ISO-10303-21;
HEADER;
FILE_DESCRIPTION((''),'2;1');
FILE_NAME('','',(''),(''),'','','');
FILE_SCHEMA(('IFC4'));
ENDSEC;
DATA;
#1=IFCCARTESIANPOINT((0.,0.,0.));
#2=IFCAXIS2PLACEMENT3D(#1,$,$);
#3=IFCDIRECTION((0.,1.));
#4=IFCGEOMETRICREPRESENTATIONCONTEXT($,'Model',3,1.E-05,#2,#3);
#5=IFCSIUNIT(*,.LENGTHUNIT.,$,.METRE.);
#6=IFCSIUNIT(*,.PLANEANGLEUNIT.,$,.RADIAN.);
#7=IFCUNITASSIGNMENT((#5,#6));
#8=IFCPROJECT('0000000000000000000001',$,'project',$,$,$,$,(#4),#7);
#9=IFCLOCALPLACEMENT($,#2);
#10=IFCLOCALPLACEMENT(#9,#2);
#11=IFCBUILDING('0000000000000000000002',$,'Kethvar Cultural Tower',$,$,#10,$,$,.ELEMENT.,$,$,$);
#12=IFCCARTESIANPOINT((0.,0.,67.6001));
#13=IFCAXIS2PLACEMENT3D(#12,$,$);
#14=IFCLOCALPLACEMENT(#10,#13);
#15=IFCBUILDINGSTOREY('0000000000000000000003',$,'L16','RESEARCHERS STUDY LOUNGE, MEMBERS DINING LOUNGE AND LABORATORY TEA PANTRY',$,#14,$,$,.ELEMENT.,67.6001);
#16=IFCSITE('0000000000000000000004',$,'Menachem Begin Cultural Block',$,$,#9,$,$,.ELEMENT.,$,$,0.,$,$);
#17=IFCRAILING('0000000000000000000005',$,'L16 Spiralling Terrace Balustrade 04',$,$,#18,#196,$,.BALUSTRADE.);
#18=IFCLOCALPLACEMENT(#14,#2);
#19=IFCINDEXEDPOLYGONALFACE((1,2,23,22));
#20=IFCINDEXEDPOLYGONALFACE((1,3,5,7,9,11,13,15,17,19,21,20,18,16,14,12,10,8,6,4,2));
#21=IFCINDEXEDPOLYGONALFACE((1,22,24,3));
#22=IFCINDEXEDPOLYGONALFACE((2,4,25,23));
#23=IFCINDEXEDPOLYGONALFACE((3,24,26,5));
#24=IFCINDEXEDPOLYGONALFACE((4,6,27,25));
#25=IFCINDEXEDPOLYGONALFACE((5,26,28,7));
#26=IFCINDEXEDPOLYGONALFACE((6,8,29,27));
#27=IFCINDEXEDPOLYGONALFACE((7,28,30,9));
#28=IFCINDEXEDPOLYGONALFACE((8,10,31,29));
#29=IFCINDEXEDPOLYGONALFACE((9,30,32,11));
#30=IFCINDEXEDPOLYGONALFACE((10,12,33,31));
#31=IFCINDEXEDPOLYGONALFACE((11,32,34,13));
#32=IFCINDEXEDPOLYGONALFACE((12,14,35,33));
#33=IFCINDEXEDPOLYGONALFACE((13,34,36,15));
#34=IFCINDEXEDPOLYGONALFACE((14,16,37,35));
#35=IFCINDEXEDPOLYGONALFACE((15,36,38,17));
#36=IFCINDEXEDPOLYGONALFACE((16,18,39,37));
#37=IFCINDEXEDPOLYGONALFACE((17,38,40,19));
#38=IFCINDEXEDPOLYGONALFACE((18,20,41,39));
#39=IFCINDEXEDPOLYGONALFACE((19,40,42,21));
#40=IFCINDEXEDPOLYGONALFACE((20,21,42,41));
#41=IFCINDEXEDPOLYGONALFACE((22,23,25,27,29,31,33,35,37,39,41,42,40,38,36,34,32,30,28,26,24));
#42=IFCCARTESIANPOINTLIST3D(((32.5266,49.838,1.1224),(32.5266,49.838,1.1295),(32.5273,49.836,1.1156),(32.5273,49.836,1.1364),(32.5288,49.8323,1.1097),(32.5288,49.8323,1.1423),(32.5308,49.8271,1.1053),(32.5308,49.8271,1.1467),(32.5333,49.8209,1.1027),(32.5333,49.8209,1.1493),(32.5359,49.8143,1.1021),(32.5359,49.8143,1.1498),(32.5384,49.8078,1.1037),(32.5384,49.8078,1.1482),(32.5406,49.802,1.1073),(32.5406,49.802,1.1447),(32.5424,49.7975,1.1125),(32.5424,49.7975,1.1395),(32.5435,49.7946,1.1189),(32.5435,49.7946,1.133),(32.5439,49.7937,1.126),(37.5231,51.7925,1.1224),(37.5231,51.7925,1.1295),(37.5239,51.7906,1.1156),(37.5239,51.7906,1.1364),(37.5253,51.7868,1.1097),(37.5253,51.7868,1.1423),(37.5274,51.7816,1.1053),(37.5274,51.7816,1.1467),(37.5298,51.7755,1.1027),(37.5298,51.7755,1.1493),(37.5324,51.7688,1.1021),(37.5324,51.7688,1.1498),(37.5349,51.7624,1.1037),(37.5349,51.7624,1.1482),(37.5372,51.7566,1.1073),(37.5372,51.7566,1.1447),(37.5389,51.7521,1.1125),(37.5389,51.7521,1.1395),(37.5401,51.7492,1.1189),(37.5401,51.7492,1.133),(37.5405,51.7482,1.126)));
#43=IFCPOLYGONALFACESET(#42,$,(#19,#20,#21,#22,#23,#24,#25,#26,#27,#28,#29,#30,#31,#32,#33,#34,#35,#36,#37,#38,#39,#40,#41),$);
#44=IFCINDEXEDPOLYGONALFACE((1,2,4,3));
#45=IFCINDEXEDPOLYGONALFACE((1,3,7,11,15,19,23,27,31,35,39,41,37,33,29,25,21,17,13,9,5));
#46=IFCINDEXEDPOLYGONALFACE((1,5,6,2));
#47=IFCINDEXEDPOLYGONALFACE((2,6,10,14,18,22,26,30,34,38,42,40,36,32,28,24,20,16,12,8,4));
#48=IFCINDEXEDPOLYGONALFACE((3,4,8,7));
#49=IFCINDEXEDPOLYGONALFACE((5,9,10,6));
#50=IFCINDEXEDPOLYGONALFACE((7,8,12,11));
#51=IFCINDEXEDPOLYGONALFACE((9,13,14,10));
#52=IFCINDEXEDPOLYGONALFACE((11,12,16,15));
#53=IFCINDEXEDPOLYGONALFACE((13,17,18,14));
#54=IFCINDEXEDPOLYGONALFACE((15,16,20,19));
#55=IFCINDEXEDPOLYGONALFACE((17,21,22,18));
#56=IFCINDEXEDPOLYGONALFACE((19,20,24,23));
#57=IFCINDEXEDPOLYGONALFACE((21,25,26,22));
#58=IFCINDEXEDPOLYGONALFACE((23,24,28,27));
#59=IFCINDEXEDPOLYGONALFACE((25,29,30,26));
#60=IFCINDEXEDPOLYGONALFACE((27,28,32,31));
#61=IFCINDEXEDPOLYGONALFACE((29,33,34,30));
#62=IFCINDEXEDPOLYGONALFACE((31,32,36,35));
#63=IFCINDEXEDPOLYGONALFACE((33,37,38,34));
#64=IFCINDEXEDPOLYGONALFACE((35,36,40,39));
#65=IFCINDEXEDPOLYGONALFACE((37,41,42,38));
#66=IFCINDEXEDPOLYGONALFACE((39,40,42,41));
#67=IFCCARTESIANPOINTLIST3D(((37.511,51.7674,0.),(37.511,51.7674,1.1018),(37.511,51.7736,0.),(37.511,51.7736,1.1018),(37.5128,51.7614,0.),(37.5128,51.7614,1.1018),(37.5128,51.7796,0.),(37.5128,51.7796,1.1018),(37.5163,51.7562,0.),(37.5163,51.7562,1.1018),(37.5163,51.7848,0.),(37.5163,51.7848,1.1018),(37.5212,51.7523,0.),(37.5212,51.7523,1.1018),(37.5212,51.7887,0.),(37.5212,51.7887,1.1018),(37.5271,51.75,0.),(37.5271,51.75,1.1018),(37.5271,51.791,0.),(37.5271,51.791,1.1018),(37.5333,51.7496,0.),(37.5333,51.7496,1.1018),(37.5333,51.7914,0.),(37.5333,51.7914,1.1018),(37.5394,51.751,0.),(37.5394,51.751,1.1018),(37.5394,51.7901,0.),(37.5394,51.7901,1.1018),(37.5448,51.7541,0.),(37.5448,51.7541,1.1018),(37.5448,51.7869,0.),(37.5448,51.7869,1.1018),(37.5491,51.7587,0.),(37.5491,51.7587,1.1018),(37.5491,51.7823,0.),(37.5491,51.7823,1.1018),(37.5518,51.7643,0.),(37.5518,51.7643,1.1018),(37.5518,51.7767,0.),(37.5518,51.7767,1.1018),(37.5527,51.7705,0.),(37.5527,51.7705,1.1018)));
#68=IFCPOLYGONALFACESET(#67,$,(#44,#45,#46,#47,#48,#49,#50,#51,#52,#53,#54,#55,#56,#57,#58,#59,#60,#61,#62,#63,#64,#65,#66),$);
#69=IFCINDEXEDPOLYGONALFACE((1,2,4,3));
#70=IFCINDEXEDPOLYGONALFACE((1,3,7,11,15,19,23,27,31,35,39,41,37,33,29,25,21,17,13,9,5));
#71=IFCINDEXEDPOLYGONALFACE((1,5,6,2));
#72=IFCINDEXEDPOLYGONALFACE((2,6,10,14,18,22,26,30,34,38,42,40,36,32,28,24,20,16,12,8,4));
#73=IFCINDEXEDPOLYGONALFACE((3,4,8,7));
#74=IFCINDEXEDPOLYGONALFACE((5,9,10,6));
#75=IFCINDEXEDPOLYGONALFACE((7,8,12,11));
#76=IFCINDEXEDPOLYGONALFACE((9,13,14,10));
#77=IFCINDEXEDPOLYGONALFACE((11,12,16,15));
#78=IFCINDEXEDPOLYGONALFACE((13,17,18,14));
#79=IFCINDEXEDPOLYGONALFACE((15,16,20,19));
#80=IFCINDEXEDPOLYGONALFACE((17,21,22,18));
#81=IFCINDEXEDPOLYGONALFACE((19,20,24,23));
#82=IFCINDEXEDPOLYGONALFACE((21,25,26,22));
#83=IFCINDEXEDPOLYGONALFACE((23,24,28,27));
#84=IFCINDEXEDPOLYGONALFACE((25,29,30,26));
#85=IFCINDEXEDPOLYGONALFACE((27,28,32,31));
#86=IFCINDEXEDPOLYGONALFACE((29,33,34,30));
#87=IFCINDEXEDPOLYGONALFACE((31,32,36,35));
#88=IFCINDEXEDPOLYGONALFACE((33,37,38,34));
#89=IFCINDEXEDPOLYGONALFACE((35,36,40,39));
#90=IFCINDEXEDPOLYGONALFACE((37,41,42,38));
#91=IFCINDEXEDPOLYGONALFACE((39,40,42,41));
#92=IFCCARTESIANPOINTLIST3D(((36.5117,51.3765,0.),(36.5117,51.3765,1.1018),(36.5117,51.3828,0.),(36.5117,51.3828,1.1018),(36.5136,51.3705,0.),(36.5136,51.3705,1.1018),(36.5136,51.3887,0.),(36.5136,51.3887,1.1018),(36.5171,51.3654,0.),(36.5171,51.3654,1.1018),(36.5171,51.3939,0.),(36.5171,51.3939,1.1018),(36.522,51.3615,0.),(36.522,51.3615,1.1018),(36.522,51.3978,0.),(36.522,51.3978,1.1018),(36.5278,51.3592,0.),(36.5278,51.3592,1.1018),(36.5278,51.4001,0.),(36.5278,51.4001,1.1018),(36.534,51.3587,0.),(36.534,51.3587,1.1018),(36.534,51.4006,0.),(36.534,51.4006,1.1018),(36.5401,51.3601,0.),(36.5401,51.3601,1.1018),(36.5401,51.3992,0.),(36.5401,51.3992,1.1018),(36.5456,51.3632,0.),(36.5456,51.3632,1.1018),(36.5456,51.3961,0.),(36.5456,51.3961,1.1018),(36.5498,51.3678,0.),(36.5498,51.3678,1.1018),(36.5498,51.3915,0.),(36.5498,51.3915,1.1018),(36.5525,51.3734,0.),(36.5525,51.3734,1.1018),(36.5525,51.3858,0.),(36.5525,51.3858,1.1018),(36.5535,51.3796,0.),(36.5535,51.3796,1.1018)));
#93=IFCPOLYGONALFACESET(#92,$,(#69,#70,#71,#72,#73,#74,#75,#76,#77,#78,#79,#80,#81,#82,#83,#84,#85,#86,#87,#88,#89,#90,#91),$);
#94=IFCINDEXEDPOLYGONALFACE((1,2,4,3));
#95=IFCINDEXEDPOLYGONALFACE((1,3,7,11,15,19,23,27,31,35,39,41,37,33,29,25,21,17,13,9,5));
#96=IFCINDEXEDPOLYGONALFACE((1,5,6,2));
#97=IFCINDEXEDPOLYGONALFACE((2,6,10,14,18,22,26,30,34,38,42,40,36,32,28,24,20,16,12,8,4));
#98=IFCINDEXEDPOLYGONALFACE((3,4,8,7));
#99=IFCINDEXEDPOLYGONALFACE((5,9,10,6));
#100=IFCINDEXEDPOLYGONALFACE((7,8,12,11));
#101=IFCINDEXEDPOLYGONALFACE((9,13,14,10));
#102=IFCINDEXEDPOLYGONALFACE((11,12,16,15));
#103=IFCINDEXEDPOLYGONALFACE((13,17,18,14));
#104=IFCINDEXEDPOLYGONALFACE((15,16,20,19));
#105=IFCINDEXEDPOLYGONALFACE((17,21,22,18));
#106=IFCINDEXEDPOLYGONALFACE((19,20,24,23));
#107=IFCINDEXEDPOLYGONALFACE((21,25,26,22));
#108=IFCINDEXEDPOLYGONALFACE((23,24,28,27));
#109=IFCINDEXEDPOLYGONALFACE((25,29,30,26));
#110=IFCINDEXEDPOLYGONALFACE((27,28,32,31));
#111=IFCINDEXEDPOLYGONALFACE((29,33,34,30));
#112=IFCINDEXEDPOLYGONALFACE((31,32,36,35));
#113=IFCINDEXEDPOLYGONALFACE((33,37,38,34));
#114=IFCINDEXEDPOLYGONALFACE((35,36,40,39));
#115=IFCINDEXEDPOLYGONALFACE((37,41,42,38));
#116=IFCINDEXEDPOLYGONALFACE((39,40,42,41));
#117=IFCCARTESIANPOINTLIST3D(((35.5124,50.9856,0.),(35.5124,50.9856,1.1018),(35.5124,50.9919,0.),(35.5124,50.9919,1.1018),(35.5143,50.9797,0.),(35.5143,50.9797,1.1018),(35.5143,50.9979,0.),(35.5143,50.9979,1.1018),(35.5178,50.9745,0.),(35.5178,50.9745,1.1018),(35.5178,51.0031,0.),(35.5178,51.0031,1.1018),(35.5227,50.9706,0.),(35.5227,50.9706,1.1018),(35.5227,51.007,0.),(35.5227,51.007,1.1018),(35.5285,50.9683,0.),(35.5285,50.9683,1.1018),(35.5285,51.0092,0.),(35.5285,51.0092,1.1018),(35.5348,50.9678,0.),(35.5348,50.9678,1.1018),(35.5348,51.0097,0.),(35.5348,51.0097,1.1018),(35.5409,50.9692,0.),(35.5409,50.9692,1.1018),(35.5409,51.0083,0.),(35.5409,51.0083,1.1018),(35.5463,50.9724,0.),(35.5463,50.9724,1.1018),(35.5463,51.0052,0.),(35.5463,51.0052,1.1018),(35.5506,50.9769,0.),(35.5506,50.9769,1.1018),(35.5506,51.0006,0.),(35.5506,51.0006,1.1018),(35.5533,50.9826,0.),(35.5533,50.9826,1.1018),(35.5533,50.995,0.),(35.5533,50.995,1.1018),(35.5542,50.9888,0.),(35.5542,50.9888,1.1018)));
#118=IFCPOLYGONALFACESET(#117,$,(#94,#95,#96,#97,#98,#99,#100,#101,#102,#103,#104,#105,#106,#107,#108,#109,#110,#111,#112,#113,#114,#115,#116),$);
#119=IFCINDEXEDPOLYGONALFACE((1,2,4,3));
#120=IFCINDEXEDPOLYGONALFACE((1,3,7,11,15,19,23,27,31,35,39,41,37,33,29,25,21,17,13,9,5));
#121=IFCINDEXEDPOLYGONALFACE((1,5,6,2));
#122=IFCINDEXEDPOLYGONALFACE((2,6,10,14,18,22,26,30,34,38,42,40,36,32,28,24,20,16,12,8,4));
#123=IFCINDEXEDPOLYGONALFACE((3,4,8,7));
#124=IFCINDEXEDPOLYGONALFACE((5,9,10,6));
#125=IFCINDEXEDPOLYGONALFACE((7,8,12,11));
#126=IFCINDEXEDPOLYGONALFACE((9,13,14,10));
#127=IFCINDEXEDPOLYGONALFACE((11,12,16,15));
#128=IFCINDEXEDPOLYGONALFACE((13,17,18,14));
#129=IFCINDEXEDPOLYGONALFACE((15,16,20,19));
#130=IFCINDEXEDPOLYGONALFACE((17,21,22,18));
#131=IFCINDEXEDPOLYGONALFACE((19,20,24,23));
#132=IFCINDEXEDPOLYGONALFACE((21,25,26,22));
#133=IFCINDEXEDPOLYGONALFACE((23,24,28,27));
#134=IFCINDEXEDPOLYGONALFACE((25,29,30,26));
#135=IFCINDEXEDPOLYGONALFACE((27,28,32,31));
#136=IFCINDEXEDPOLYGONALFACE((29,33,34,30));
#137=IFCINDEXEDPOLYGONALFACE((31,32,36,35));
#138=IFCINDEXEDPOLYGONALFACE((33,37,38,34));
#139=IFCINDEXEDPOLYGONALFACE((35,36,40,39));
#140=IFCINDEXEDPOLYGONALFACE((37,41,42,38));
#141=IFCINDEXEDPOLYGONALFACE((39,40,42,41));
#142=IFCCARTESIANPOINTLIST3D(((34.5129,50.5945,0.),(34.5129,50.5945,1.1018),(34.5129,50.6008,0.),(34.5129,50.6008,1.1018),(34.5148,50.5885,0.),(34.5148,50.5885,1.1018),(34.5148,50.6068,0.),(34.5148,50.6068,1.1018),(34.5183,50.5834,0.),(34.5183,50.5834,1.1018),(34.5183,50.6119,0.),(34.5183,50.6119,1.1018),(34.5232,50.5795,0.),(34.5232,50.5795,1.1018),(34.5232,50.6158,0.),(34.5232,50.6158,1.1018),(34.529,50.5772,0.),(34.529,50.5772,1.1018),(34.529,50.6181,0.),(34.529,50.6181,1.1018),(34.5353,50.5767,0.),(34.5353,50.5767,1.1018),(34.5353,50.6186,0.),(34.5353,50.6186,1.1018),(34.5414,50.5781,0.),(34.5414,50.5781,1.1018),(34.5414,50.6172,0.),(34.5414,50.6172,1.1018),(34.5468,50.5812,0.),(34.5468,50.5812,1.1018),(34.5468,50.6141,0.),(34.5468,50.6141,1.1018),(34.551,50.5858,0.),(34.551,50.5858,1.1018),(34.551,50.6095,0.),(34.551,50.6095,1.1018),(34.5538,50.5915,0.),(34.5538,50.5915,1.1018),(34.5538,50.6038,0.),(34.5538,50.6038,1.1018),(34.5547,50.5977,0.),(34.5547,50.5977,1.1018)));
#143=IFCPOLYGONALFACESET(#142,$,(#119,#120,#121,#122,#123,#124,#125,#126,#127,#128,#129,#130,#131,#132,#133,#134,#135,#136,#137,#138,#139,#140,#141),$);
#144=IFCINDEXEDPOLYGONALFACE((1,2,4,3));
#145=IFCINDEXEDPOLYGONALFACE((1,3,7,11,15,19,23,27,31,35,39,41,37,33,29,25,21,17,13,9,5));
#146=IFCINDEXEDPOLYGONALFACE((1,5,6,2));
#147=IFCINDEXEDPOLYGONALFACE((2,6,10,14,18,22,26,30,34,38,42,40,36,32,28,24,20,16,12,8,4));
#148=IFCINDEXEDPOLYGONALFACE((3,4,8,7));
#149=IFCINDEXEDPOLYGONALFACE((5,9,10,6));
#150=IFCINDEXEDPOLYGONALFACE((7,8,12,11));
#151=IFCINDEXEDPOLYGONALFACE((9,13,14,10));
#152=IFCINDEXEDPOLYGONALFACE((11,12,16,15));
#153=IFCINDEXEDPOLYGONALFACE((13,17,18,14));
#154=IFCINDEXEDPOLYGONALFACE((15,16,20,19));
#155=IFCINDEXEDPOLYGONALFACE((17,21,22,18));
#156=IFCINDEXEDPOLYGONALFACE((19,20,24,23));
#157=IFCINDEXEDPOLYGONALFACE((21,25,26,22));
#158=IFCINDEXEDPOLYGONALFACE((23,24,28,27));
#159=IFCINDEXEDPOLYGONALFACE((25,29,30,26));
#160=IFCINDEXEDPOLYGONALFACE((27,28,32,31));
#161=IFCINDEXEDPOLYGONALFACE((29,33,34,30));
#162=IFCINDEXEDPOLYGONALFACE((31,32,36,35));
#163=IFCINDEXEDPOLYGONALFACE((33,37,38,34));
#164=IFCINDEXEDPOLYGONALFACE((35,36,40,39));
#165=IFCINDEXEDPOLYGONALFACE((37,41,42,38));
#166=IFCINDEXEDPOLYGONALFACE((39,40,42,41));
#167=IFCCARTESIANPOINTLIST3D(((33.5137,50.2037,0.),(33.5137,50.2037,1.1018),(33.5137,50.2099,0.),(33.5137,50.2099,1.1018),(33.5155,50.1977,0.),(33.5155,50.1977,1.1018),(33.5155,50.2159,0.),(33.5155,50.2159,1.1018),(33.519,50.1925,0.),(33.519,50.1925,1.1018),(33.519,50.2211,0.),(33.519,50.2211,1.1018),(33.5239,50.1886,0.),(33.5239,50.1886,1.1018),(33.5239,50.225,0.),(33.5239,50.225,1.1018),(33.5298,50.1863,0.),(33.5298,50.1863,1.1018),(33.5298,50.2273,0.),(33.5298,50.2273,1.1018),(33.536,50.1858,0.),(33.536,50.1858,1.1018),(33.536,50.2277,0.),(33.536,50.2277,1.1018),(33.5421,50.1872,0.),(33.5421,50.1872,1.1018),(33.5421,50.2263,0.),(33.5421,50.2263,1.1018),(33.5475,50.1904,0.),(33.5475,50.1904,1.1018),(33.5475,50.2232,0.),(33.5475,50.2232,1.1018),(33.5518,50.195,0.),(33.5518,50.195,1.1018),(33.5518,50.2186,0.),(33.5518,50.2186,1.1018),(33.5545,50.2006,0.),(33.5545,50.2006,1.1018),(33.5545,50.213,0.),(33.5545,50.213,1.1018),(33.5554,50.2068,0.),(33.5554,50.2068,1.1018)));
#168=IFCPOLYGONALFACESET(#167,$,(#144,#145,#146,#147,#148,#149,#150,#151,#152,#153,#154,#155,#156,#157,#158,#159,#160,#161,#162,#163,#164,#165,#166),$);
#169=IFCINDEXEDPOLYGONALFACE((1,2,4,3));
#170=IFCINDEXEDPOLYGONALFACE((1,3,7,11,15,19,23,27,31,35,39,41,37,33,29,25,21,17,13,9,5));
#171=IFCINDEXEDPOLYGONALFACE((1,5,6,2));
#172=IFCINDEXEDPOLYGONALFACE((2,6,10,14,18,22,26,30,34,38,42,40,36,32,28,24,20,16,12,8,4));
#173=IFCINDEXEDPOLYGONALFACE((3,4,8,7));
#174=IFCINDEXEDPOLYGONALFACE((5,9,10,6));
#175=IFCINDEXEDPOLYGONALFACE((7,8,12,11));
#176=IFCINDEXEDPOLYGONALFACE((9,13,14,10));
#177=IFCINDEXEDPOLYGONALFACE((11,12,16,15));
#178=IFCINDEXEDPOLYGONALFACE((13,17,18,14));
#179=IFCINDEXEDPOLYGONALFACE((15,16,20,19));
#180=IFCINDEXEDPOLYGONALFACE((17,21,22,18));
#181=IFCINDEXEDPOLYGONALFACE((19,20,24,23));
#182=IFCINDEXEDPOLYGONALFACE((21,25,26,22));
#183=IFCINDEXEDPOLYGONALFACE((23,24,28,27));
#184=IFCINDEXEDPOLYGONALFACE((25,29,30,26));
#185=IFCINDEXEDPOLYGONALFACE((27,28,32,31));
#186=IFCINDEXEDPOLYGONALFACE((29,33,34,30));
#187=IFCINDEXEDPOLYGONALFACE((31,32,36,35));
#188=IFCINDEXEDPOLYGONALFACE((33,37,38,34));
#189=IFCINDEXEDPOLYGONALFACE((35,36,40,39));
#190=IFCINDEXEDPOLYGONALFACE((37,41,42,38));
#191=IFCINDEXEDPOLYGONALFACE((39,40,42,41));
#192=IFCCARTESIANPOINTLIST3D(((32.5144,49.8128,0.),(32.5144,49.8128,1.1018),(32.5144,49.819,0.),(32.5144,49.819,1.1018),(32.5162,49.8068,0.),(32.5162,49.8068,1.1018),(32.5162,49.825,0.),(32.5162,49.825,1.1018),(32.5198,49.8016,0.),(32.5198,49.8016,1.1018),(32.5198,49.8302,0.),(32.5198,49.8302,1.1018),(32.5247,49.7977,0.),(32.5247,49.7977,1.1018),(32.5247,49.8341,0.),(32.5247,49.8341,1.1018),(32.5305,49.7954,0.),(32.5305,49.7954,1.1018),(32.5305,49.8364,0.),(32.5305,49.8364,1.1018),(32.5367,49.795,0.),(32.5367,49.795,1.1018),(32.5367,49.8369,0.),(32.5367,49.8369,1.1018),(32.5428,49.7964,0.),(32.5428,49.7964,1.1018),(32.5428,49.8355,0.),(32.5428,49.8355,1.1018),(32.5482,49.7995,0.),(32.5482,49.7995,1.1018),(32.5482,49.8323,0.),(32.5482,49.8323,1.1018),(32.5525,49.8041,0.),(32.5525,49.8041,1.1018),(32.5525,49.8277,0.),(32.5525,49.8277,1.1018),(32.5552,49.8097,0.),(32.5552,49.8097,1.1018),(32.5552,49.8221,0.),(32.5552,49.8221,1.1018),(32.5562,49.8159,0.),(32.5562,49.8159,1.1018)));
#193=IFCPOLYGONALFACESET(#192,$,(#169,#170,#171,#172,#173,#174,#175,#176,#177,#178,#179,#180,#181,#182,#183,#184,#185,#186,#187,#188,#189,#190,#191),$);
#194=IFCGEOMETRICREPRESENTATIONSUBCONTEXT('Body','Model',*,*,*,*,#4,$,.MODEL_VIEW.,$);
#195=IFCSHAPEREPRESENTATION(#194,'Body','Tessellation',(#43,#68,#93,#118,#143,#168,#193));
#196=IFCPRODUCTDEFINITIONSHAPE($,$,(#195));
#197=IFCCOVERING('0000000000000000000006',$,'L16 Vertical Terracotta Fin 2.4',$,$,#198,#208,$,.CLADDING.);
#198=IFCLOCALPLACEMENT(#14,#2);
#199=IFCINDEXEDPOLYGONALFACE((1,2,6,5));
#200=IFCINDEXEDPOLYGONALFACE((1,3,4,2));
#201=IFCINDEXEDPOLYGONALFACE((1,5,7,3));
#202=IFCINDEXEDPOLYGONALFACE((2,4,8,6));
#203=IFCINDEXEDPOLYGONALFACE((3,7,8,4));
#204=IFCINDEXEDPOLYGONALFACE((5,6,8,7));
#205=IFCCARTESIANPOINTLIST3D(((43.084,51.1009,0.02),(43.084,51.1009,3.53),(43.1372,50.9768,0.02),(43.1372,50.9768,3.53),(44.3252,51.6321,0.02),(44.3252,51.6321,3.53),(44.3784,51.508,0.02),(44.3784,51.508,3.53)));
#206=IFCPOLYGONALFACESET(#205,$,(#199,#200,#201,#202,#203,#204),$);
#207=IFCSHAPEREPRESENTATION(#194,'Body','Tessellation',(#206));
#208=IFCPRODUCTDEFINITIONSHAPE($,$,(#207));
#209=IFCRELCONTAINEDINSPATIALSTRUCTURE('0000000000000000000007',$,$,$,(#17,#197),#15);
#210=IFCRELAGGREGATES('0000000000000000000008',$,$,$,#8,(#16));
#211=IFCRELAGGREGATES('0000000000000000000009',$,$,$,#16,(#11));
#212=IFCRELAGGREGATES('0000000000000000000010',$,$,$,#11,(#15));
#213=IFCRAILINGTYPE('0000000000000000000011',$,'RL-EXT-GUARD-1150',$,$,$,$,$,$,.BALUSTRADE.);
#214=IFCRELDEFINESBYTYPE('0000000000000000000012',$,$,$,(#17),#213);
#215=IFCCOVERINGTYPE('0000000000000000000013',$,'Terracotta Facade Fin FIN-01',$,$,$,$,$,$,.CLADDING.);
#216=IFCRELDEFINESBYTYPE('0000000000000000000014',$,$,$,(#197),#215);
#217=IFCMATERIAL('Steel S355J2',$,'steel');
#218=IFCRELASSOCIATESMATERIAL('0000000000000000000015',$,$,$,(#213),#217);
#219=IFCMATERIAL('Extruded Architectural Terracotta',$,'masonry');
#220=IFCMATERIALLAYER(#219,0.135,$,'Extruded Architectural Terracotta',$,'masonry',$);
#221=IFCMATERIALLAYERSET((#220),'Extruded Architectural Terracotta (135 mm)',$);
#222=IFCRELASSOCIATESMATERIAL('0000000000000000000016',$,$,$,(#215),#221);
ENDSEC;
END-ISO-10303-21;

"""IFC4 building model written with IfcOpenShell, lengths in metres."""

from ifc_helpers import new_model, si_unit, direction, frame, origin, origin_2d, place, context, subcontext, project, spatial, rectangle, circle, extrude, source, transform, mapped, material, layer, layer_set, type_object, element, save


model = new_model("IFC4")

# Units and contexts
model_context = context("Model", 3, precision=1e-05, world=origin(), true_north=direction((0.0, 1.0)))
body_context = subcontext(model_context, "Body", "Model", "MODEL_VIEW")
ifc_project = project(units=[si_unit("LENGTHUNIT", "METRE"), si_unit("PLANEANGLEUNIT", "RADIAN")], contexts=[model_context])

# Site, building, storey
site_placement = place(None, origin())
site = spatial("IfcSite", under=ifc_project, at=site_placement, Name="Menachem Begin Cultural Block", CompositionType="ELEMENT", RefElevation=0.0)
building_placement = place(site_placement, origin())
building = spatial("IfcBuilding", under=site, at=building_placement, Name="Kethvar Cultural Tower", CompositionType="ELEMENT")
storey_placement = place(building_placement, frame((0.0, 0.0, 67.6001)))
storey = spatial("IfcBuildingStorey", under=building, at=storey_placement, Name="L16", Description="RESEARCHERS STUDY LOUNGE, MEMBERS DINING LOUNGE AND LABORATORY TEA PANTRY", CompositionType="ELEMENT", Elevation=67.6001)

# Shared definitions
ifc_material_1 = material(Name="Steel S355J2", Category="steel")

# Railing
railing_type = type_object("IfcRailingType", Name="RL-EXT-GUARD-1150", PredefinedType="BALUSTRADE", material=ifc_material_1)
railing_1_placement = place(storey_placement, frame((37.5317, 51.7705, 0.0)))
element("IfcRailing", 1, at=railing_1_placement, inside=storey, type_object=railing_type, Name="L16 Spiralling Terrace Balustrade 04", PredefinedType="BALUSTRADE", context=body_context, shape_type="SweptSolid", body=[
    extrude(circle(Radius=0.0239, at=origin_2d()), frame((0.0, 0.0, 1.126), z_axis=(-0.93128, -0.364303, 0.0), x_axis=(0.364303, -0.93128, 0.0)), (0.0, 0.0, 1.0), 5.3652),
    extrude(circle(Radius=0.021, at=origin_2d()), origin(), (0.0, 0.0, 1.0), 1.1018),
    extrude(circle(Radius=0.021, at=origin_2d()), frame((-0.9993, -0.3909, 0.0)), (0.0, 0.0, 1.0), 1.1018),
    extrude(circle(Radius=0.021, at=origin_2d()), frame((-1.9985, -0.7817, 0.0)), (0.0, 0.0, 1.0), 1.1018),
    extrude(circle(Radius=0.021, at=origin_2d()), frame((-2.998, -1.1729, 0.0)), (0.0, 0.0, 1.0), 1.1018),
    extrude(circle(Radius=0.021, at=origin_2d()), frame((-3.9973, -1.5637, 0.0)), (0.0, 0.0, 1.0), 1.1018),
    extrude(circle(Radius=0.021, at=origin_2d()), frame((-4.9966, -1.9546, 0.0)), (0.0, 0.0, 1.0), 1.1018),
])

# Covering
ifc_material_2 = material(Name="Extruded Architectural Terracotta", Category="masonry")
ifc_layer_1 = layer(ifc_material_2, 0.135, Name="Extruded Architectural Terracotta", Category="masonry")
ifc_layer_set_1 = layer_set([ifc_layer_1], Name="Extruded Architectural Terracotta (135 mm)")
covering_type_1 = type_object("IfcCoveringType", Name="Terracotta Facade Fin FIN-01", PredefinedType="CLADDING", material=ifc_layer_set_1)
shared_shape_1 = source(origin(), body_context, "Body", "SweptSolid", [
    extrude(rectangle(XDim=1.3501, YDim=0.135, at=origin_2d()), origin(), (0.0, 0.0, 1.0), 3.51),
])
for number, where, z_axis, x_axis, name in (
    (2, (43.7312, 51.3044, 0.02), (0.0, 0.0, 1.0), (0.919341, 0.393461, 0.0), "L16 Vertical Terracotta Fin 2.4"),
):
    element("IfcCovering", number, at=place(storey_placement, frame(where, z_axis=z_axis, x_axis=x_axis)), inside=storey, type_object=covering_type_1, Name=name, PredefinedType="CLADDING", context=body_context, shape_type="MappedRepresentation", body=[
        mapped(shared_shape_1, transform((0.0, 0.0, 0.0), scale=1.0)),
    ])

save(model, "model.ifc")
